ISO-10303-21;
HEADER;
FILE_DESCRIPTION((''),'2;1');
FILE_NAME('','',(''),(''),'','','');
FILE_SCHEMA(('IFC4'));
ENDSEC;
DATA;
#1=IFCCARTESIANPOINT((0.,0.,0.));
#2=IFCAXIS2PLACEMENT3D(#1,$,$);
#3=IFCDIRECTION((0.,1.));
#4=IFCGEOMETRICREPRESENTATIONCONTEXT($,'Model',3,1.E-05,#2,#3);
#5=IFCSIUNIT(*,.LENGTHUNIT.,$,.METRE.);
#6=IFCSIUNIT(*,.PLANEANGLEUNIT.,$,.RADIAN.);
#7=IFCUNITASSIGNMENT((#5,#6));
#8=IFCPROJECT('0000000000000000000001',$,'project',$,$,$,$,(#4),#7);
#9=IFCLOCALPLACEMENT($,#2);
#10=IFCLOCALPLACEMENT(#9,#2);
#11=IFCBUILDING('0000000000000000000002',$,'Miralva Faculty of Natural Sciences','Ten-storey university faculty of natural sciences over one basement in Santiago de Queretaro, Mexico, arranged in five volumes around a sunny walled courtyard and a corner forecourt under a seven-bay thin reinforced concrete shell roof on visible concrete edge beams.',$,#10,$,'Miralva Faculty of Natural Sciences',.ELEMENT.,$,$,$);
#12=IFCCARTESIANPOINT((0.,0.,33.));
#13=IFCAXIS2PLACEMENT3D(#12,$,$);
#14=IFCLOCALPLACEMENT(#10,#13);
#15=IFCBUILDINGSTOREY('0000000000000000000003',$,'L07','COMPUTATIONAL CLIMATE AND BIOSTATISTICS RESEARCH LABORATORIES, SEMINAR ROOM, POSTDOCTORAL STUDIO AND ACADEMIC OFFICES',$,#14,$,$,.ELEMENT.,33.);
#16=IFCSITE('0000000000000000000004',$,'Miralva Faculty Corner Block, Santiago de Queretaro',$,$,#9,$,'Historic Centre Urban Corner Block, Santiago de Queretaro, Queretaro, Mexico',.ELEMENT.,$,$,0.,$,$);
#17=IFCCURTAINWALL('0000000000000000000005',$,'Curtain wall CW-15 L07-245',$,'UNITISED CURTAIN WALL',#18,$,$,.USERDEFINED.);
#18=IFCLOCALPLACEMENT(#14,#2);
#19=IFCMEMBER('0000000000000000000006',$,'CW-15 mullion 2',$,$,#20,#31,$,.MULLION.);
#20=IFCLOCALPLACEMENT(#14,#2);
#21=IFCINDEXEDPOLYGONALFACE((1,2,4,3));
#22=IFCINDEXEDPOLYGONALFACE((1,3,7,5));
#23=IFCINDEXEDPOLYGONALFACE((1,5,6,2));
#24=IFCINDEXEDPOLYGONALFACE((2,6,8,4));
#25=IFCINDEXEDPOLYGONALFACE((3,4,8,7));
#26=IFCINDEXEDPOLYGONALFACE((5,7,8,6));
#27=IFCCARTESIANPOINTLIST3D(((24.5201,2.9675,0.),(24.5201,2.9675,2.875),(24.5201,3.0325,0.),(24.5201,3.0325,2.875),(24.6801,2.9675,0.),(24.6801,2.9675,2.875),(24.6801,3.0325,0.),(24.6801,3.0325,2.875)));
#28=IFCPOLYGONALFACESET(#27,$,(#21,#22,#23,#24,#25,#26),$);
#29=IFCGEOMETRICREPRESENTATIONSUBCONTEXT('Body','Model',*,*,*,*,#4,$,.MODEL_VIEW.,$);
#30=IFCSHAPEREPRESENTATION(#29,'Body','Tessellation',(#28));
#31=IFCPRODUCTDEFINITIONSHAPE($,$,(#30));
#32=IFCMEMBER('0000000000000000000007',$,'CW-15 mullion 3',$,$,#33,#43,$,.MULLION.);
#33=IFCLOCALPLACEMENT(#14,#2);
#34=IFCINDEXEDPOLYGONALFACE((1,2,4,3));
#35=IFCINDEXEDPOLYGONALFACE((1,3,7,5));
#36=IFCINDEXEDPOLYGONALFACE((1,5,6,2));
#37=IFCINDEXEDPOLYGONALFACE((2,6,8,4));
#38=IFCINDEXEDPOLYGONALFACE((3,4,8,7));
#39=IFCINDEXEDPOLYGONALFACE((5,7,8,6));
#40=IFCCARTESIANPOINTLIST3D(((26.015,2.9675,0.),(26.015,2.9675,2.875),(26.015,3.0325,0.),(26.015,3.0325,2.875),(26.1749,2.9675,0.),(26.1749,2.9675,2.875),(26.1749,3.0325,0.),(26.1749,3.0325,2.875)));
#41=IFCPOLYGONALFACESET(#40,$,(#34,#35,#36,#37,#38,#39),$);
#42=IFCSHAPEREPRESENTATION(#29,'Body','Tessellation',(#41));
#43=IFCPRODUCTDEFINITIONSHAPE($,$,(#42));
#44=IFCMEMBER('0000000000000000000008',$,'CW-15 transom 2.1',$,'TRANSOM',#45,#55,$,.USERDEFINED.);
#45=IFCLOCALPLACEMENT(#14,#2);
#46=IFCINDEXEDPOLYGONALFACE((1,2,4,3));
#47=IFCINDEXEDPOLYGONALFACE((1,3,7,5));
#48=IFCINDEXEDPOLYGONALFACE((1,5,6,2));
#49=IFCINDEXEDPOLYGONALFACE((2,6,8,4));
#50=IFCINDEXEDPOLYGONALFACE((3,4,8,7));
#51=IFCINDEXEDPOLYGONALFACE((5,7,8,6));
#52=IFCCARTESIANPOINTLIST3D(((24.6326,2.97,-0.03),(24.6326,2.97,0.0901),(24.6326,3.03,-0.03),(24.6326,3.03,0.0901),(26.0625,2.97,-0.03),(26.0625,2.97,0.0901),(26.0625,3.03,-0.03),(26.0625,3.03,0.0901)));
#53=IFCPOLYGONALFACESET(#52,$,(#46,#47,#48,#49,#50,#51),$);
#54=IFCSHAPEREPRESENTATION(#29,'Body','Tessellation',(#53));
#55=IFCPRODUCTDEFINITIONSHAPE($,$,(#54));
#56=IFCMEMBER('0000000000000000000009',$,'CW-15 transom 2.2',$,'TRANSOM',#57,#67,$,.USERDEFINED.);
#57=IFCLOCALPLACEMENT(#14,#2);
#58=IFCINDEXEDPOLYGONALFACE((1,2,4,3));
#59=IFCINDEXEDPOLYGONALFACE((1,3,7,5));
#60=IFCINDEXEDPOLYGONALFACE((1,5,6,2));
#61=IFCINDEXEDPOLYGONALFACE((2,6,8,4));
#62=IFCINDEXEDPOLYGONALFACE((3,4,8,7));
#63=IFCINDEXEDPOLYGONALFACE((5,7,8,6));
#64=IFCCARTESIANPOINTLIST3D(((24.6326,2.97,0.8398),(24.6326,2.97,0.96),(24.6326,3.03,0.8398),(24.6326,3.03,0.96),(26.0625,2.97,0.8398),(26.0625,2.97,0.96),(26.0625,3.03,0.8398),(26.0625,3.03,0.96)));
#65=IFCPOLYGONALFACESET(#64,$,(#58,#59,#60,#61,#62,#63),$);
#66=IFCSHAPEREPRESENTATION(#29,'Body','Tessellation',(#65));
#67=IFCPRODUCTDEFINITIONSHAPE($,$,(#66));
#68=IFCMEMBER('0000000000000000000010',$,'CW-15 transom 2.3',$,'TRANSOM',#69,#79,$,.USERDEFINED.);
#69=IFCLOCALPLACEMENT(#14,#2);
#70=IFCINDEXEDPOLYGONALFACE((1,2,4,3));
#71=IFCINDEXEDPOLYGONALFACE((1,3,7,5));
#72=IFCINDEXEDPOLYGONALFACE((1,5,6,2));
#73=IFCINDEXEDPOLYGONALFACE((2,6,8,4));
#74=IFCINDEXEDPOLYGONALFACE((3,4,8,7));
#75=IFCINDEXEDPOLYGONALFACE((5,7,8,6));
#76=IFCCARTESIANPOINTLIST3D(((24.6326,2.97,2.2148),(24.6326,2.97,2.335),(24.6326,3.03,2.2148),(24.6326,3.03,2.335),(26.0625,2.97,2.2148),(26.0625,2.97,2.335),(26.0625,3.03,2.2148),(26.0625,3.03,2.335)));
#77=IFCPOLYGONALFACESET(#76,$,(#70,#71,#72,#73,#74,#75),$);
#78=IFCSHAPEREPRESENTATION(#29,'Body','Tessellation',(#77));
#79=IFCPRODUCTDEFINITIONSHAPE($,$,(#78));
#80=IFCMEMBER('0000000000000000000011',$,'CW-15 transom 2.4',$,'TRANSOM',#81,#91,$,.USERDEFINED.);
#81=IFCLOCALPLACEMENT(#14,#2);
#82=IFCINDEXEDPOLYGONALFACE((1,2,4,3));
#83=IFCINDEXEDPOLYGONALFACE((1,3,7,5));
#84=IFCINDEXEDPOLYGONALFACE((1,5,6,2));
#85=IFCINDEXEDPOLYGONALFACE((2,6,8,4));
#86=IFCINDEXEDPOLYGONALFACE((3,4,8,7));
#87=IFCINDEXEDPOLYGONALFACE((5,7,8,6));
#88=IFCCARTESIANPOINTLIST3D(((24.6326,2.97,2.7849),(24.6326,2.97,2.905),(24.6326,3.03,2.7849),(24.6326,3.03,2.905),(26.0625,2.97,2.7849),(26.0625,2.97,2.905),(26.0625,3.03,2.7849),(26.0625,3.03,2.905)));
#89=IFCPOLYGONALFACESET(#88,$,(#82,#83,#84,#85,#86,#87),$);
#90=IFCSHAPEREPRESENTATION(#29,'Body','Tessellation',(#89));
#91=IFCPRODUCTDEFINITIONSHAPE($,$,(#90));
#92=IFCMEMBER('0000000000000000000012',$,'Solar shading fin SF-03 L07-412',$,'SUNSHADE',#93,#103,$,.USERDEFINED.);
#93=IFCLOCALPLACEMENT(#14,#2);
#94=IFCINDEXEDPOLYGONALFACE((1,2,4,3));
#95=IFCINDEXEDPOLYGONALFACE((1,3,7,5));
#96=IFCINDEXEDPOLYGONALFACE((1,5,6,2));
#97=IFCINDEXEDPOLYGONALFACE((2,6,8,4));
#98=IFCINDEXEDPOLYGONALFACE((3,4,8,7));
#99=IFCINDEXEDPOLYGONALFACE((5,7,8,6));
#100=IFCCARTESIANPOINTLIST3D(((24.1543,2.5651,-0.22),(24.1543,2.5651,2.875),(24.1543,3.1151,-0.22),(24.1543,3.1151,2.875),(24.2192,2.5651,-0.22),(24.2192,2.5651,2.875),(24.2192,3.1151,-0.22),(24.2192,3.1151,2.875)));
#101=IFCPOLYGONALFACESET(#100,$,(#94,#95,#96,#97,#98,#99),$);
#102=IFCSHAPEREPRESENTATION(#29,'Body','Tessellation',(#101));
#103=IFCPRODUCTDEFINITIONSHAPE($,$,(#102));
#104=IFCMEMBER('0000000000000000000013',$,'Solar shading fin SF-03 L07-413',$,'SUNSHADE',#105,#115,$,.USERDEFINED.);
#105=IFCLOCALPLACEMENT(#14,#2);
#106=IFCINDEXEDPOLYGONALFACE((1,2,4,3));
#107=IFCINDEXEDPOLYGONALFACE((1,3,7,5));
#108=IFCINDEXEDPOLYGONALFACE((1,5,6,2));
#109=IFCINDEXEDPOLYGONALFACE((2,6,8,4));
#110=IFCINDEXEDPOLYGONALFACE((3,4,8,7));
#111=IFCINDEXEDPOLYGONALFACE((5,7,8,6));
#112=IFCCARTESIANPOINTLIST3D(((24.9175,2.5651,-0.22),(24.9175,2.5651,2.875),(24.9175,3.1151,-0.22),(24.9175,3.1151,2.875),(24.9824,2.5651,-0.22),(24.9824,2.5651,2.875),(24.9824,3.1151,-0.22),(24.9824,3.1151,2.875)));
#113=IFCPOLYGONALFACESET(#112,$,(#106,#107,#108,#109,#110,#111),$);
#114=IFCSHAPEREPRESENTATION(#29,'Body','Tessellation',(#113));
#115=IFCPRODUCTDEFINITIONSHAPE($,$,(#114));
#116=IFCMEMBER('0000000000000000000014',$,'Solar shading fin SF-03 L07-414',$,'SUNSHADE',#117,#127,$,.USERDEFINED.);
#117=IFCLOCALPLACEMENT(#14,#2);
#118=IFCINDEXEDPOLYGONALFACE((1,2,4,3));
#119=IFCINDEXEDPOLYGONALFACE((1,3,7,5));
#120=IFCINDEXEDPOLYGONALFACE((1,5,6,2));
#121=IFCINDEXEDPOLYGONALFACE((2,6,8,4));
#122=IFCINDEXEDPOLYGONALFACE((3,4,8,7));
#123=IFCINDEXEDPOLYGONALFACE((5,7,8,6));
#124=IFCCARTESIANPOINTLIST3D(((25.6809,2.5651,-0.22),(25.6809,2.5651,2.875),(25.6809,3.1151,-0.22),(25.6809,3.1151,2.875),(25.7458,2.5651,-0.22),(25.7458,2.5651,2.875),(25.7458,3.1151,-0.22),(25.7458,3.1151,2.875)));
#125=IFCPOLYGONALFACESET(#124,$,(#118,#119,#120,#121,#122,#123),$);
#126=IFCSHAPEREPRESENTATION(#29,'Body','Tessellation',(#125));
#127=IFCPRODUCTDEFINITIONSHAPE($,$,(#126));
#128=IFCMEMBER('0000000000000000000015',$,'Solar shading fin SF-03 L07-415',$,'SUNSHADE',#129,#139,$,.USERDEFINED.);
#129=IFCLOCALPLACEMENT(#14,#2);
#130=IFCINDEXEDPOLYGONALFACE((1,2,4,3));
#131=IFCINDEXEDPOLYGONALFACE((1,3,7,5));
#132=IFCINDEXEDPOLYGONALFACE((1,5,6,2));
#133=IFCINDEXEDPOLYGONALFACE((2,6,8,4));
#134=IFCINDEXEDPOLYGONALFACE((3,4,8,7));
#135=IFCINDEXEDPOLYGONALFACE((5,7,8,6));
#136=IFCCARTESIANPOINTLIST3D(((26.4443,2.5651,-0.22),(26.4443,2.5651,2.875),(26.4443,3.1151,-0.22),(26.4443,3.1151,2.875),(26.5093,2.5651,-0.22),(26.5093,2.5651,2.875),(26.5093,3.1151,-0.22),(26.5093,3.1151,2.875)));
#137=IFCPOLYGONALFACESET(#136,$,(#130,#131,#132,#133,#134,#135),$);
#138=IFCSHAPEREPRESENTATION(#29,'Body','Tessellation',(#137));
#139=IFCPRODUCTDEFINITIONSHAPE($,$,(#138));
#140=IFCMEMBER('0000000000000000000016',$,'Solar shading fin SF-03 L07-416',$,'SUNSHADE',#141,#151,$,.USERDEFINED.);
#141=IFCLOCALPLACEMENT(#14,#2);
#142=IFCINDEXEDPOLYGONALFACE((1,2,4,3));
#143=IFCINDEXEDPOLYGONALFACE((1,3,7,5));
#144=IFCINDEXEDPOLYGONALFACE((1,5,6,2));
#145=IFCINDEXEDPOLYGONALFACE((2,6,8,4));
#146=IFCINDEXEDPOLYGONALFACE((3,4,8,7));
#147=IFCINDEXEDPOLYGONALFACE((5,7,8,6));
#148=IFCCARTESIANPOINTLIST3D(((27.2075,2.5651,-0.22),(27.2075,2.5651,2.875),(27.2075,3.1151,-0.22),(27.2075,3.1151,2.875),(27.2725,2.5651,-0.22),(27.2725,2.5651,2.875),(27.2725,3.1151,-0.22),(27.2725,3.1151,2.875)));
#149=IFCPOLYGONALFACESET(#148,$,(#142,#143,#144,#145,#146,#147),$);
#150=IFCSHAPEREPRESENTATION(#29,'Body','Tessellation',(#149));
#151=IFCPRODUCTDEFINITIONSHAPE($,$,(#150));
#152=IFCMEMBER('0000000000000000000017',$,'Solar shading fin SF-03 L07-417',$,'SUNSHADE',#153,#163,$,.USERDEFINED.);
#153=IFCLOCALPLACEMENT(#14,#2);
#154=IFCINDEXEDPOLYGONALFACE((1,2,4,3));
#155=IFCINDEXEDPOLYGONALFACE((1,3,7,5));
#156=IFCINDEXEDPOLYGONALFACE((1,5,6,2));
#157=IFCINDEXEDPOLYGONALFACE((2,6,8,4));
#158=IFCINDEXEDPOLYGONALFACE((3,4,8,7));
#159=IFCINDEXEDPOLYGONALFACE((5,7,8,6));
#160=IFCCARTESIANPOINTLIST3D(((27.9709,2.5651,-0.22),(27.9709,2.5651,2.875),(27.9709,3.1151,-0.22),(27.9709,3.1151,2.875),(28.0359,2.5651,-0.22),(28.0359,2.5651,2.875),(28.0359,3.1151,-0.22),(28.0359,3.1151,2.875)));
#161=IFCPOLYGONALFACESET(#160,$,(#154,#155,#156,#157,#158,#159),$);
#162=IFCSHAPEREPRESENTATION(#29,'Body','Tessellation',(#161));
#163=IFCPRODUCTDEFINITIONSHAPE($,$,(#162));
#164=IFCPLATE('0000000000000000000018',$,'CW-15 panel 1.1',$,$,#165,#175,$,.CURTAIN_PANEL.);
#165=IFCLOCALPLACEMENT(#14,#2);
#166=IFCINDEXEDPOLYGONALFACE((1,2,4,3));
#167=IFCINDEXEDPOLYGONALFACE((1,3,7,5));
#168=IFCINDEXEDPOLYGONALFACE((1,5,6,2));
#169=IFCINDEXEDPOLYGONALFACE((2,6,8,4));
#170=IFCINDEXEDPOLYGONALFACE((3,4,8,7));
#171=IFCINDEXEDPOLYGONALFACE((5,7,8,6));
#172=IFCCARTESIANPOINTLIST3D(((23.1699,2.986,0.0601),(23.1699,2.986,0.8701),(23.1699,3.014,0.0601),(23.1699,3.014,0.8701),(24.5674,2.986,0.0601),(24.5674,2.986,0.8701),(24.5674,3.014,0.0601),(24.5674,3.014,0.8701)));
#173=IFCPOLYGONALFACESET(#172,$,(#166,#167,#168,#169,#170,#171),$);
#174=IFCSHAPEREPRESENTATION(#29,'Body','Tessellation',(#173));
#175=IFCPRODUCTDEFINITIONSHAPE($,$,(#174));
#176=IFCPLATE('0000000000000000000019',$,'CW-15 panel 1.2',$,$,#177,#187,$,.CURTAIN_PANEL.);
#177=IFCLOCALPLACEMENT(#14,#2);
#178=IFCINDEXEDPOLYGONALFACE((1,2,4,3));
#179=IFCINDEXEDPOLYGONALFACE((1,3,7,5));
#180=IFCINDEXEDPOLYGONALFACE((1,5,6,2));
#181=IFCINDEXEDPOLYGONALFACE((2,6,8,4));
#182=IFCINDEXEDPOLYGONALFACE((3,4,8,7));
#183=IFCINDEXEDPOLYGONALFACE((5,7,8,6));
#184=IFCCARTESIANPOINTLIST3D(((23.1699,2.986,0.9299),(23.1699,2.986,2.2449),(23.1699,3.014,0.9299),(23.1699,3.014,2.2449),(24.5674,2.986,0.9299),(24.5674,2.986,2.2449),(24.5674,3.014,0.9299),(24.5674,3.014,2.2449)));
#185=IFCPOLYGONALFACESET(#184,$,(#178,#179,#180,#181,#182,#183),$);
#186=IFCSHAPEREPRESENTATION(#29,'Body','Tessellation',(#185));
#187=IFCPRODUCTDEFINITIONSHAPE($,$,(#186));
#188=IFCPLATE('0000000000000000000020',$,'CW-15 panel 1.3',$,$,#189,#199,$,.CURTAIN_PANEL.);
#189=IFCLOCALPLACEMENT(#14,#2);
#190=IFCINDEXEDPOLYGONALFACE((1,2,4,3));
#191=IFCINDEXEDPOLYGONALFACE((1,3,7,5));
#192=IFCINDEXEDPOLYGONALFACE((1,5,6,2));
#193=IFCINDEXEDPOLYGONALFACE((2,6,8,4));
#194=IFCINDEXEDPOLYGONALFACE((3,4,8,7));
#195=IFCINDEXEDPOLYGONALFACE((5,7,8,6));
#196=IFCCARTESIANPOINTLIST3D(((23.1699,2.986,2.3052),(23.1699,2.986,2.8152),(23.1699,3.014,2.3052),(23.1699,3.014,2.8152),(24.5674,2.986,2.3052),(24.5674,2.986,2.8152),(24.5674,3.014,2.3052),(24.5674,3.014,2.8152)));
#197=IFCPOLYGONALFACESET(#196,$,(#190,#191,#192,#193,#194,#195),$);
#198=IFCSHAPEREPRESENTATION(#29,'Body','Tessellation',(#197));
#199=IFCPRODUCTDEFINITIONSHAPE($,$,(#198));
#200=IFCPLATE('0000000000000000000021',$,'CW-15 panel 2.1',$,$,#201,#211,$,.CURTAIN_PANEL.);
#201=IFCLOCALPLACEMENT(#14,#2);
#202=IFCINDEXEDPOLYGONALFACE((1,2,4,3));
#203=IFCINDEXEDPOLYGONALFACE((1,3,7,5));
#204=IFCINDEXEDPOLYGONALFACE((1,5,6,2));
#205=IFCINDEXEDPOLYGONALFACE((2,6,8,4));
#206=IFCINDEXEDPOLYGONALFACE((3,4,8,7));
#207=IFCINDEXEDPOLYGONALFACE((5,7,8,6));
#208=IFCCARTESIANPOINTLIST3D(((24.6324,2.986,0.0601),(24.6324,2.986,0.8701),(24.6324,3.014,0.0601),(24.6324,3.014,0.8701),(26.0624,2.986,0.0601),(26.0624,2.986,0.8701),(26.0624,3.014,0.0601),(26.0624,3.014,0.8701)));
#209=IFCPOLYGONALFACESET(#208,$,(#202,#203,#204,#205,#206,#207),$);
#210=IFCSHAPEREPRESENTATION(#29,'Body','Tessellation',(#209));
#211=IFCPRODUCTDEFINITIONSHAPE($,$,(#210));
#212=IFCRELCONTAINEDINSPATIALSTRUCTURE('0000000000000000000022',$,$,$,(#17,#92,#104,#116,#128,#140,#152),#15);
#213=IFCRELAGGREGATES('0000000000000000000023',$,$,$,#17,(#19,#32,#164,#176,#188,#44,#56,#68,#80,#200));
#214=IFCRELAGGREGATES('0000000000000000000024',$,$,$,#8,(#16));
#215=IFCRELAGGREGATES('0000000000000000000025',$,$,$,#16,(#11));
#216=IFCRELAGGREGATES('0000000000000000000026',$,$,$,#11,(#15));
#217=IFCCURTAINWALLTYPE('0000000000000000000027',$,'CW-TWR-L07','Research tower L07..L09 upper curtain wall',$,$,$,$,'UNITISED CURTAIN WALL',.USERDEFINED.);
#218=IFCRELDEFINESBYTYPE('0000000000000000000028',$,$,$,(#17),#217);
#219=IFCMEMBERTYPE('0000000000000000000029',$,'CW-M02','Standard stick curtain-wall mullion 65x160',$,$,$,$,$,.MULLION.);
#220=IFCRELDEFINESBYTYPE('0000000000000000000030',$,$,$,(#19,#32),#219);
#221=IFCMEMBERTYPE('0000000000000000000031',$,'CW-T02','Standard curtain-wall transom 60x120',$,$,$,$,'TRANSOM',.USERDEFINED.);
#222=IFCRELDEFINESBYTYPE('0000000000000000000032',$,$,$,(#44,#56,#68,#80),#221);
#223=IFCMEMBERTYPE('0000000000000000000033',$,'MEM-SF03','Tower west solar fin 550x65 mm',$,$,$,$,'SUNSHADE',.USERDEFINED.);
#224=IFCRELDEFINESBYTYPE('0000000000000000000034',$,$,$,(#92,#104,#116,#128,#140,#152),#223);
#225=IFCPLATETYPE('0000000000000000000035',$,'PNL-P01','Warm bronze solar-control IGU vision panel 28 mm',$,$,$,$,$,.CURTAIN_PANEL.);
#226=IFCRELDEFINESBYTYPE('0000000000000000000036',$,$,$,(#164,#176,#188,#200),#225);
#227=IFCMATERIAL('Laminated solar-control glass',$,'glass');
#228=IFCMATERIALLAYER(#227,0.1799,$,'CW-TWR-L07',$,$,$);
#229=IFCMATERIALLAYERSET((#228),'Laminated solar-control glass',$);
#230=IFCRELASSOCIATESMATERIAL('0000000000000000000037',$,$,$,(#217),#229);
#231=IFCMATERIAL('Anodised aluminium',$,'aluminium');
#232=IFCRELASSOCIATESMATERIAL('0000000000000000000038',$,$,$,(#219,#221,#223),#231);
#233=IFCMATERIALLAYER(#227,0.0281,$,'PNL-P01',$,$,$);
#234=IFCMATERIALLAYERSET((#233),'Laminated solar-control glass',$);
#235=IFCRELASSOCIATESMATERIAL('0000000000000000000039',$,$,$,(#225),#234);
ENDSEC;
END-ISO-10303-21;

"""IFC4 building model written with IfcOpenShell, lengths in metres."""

from ifc_helpers import new_model, si_unit, direction, frame, origin, origin_2d, place, context, subcontext, project, spatial, rectangle, extrude, material, layer, layer_set, material_profile, profile_set, type_object, element, aggregate, save


model = new_model("IFC4")

# Units and contexts
model_context = context("Model", 3, precision=1e-05, world=origin(), true_north=direction((0.0, 1.0)))
body_context = subcontext(model_context, "Body", "Model", "MODEL_VIEW")
ifc_project = project(units=[si_unit("LENGTHUNIT", "METRE"), si_unit("PLANEANGLEUNIT", "RADIAN")], contexts=[model_context])

# Site, building, storey
site_placement = place(None, origin())
site = spatial("IfcSite", under=ifc_project, at=site_placement, Name="Miralva Faculty Corner Block, Santiago de Queretaro", LongName="Historic Centre Urban Corner Block, Santiago de Queretaro, Queretaro, Mexico", CompositionType="ELEMENT", RefElevation=0.0)
building_placement = place(site_placement, origin())
building = spatial("IfcBuilding", under=site, at=building_placement, Name="Miralva Faculty of Natural Sciences", Description="Ten-storey university faculty of natural sciences over one basement in Santiago de Queretaro, Mexico, arranged in five volumes around a sunny walled courtyard and a corner forecourt under a seven-bay thin reinforced concrete shell roof on visible concrete edge beams.", LongName="Miralva Faculty of Natural Sciences", CompositionType="ELEMENT")
storey_placement = place(building_placement, frame((0.0, 0.0, 33.0)))
storey = spatial("IfcBuildingStorey", under=building, at=storey_placement, Name="L07", Description="COMPUTATIONAL CLIMATE AND BIOSTATISTICS RESEARCH LABORATORIES, SEMINAR ROOM, POSTDOCTORAL STUDIO AND ACADEMIC OFFICES", CompositionType="ELEMENT", Elevation=33.0)

# Curtain wall, members
ifc_material_1 = material(Name="Laminated solar-control glass", Category="glass")
ifc_layer_1 = layer(ifc_material_1, 0.1799, Name="CW-TWR-L07")
ifc_layer_set_1 = layer_set([ifc_layer_1], Name="Laminated solar-control glass")
curtain_wall_type = type_object("IfcCurtainWallType", Name="CW-TWR-L07", Description="Research tower L07..L09 upper curtain wall", ElementType="UNITISED CURTAIN WALL", PredefinedType="USERDEFINED", material=ifc_layer_set_1)
curtain_wall_placement = place(storey_placement, origin())
curtain_wall = element("IfcCurtainWall", 1, at=curtain_wall_placement, inside=storey, type_object=curtain_wall_type, Name="Curtain wall CW-15 L07-245", ObjectType="UNITISED CURTAIN WALL", PredefinedType="USERDEFINED")
ifc_material_2 = material(Name="Anodised aluminium", Category="aluminium")
ifc_material_profile_1 = material_profile(ifc_material_2, rectangle(XDim=0.0649, YDim=0.1599, at=origin_2d()), Name="MULLION 65x160")
ifc_profile_set_1 = profile_set([ifc_material_profile_1], Name="Anodised aluminium")
member_type_1 = type_object("IfcMemberType", Name="CW-M02", Description="Standard stick curtain-wall mullion 65x160", PredefinedType="MULLION", material=ifc_profile_set_1)
member_1_placement = place(storey_placement, frame((24.6001, 3.0, 0.0), z_axis=(0.0, 0.0, 1.0), x_axis=(0.0, 1.0, 0.0)))
member_1 = element("IfcMember", 2, at=member_1_placement, type_object=member_type_1, Name="CW-15 mullion 2", PredefinedType="MULLION", context=body_context, shape_type="SweptSolid", body=[
    extrude(rectangle(XDim=0.0649, YDim=0.1599, at=origin_2d()), origin(), (0.0, 0.0, 1.0), 2.875),
])
member_2_placement = place(storey_placement, frame((26.095, 3.0, 0.0), z_axis=(0.0, 0.0, 1.0), x_axis=(0.0, 1.0, 0.0)))
member_2 = element("IfcMember", 3, at=member_2_placement, type_object=member_type_1, Name="CW-15 mullion 3", PredefinedType="MULLION", context=body_context, shape_type="SweptSolid", body=[
    extrude(rectangle(XDim=0.0649, YDim=0.1599, at=origin_2d()), origin(), (0.0, 0.0, 1.0), 2.875),
])
ifc_material_profile_2 = material_profile(ifc_material_2, rectangle(XDim=0.0601, YDim=0.1201, at=origin_2d()), Name="TRANSOM 60x120")
ifc_profile_set_2 = profile_set([ifc_material_profile_2], Name="Anodised aluminium")
member_type_2 = type_object("IfcMemberType", Name="CW-T02", Description="Standard curtain-wall transom 60x120", ElementType="TRANSOM", PredefinedType="USERDEFINED", material=ifc_profile_set_2)
member_3_placement = place(storey_placement, frame((24.6326, 3.0, 0.03), z_axis=(1.0, 0.0, 0.0), x_axis=(0.0, 1.0, 0.0)))
member_3 = element("IfcMember", 4, at=member_3_placement, type_object=member_type_2, Name="CW-15 transom 2.1", ObjectType="TRANSOM", PredefinedType="USERDEFINED", context=body_context, shape_type="SweptSolid", body=[
    extrude(rectangle(XDim=0.0601, YDim=0.1201, at=origin_2d()), origin(), (0.0, 0.0, 1.0), 1.4299),
])
member_4_placement = place(storey_placement, frame((24.6326, 3.0, 0.8999), z_axis=(1.0, 0.0, 0.0), x_axis=(0.0, 1.0, 0.0)))
member_4 = element("IfcMember", 5, at=member_4_placement, type_object=member_type_2, Name="CW-15 transom 2.2", ObjectType="TRANSOM", PredefinedType="USERDEFINED", context=body_context, shape_type="SweptSolid", body=[
    extrude(rectangle(XDim=0.0601, YDim=0.1201, at=origin_2d()), origin(), (0.0, 0.0, 1.0), 1.4299),
])
member_5_placement = place(storey_placement, frame((24.6326, 3.0, 2.2749), z_axis=(1.0, 0.0, 0.0), x_axis=(0.0, 1.0, 0.0)))
member_5 = element("IfcMember", 6, at=member_5_placement, type_object=member_type_2, Name="CW-15 transom 2.3", ObjectType="TRANSOM", PredefinedType="USERDEFINED", context=body_context, shape_type="SweptSolid", body=[
    extrude(rectangle(XDim=0.0601, YDim=0.1201, at=origin_2d()), origin(), (0.0, 0.0, 1.0), 1.4299),
])
member_6_placement = place(storey_placement, frame((24.6326, 3.0, 2.845), z_axis=(1.0, 0.0, 0.0), x_axis=(0.0, 1.0, 0.0)))
member_6 = element("IfcMember", 7, at=member_6_placement, type_object=member_type_2, Name="CW-15 transom 2.4", ObjectType="TRANSOM", PredefinedType="USERDEFINED", context=body_context, shape_type="SweptSolid", body=[
    extrude(rectangle(XDim=0.0601, YDim=0.1201, at=origin_2d()), origin(), (0.0, 0.0, 1.0), 1.4299),
])

# Members
ifc_material_profile_3 = material_profile(ifc_material_2, rectangle(XDim=0.0649, YDim=0.55, at=origin_2d()), Name="FIN 550x65")
ifc_profile_set_3 = profile_set([ifc_material_profile_3], Name="Anodised aluminium")
member_type_3 = type_object("IfcMemberType", Name="MEM-SF03", Description="Tower west solar fin 550x65 mm", ElementType="SUNSHADE", PredefinedType="USERDEFINED", material=ifc_profile_set_3)
for number, where, z_axis, x_axis, name in (
    (8, (24.1868, 2.8401, -0.22), (0.0, 0.0, 1.0), (1.0, 0.0, 0.0), "Solar shading fin SF-03 L07-412"),
    (9, (24.95, 2.8401, -0.22), (0.0, 0.0, 1.0), (1.0, 0.0, 0.0), "Solar shading fin SF-03 L07-413"),
    (10, (25.7134, 2.8401, -0.22), (0.0, 0.0, 1.0), (1.0, 0.0, 0.0), "Solar shading fin SF-03 L07-414"),
    (11, (26.4768, 2.8401, -0.22), (0.0, 0.0, 1.0), (1.0, 0.0, 0.0), "Solar shading fin SF-03 L07-415"),
    (12, (27.24, 2.8401, -0.22), (0.0, 0.0, 1.0), (1.0, 0.0, 0.0), "Solar shading fin SF-03 L07-416"),
    (13, (28.0034, 2.8401, -0.22), (0.0, 0.0, 1.0), (1.0, 0.0, 0.0), "Solar shading fin SF-03 L07-417"),
):
    element("IfcMember", number, at=place(storey_placement, frame(where, z_axis=z_axis, x_axis=x_axis)), inside=storey, type_object=member_type_3, Name=name, ObjectType="SUNSHADE", PredefinedType="USERDEFINED", context=body_context, shape_type="SweptSolid", body=[
        extrude(rectangle(XDim=0.0649, YDim=0.55, at=origin_2d()), origin(), (0.0, 0.0, 1.0), 3.095),
    ])

# Plates
ifc_layer_2 = layer(ifc_material_1, 0.0281, Name="PNL-P01")
ifc_layer_set_2 = layer_set([ifc_layer_2], Name="Laminated solar-control glass")
plate_type = type_object("IfcPlateType", Name="PNL-P01", Description="Warm bronze solar-control IGU vision panel 28 mm", PredefinedType="CURTAIN_PANEL", material=ifc_layer_set_2)
plate_1_placement = place(storey_placement, frame((23.8687, 3.0, 0.0601), z_axis=(0.0, 0.0, 1.0), x_axis=(1.0, 0.0, 0.0)))
plate_1 = element("IfcPlate", 14, at=plate_1_placement, type_object=plate_type, Name="CW-15 panel 1.1", PredefinedType="CURTAIN_PANEL", context=body_context, shape_type="SweptSolid", body=[
    extrude(rectangle(XDim=1.3975, YDim=0.0281, at=origin_2d()), origin(), (0.0, 0.0, 1.0), 0.8101),
])
plate_2_placement = place(storey_placement, frame((23.8687, 3.0, 0.9299), z_axis=(0.0, 0.0, 1.0), x_axis=(1.0, 0.0, 0.0)))
plate_2 = element("IfcPlate", 15, at=plate_2_placement, type_object=plate_type, Name="CW-15 panel 1.2", PredefinedType="CURTAIN_PANEL", context=body_context, shape_type="SweptSolid", body=[
    extrude(rectangle(XDim=1.3975, YDim=0.0281, at=origin_2d()), origin(), (0.0, 0.0, 1.0), 1.3149),
])
plate_3_placement = place(storey_placement, frame((23.8687, 3.0, 2.3052), z_axis=(0.0, 0.0, 1.0), x_axis=(1.0, 0.0, 0.0)))
plate_3 = element("IfcPlate", 16, at=plate_3_placement, type_object=plate_type, Name="CW-15 panel 1.3", PredefinedType="CURTAIN_PANEL", context=body_context, shape_type="SweptSolid", body=[
    extrude(rectangle(XDim=1.3975, YDim=0.0281, at=origin_2d()), origin(), (0.0, 0.0, 1.0), 0.51),
])
plate_4_placement = place(storey_placement, frame((25.3474, 3.0, 0.0601), z_axis=(0.0, 0.0, 1.0), x_axis=(1.0, 0.0, 0.0)))
plate_4 = element("IfcPlate", 17, at=plate_4_placement, type_object=plate_type, Name="CW-15 panel 2.1", PredefinedType="CURTAIN_PANEL", context=body_context, shape_type="SweptSolid", body=[
    extrude(rectangle(XDim=1.4299, YDim=0.0281, at=origin_2d()), origin(), (0.0, 0.0, 1.0), 0.8101),
])
aggregate(curtain_wall, [member_1, member_2, plate_1, plate_2, plate_3, member_3, member_4, member_5, member_6, plate_4])

save(model, "model.ifc")
